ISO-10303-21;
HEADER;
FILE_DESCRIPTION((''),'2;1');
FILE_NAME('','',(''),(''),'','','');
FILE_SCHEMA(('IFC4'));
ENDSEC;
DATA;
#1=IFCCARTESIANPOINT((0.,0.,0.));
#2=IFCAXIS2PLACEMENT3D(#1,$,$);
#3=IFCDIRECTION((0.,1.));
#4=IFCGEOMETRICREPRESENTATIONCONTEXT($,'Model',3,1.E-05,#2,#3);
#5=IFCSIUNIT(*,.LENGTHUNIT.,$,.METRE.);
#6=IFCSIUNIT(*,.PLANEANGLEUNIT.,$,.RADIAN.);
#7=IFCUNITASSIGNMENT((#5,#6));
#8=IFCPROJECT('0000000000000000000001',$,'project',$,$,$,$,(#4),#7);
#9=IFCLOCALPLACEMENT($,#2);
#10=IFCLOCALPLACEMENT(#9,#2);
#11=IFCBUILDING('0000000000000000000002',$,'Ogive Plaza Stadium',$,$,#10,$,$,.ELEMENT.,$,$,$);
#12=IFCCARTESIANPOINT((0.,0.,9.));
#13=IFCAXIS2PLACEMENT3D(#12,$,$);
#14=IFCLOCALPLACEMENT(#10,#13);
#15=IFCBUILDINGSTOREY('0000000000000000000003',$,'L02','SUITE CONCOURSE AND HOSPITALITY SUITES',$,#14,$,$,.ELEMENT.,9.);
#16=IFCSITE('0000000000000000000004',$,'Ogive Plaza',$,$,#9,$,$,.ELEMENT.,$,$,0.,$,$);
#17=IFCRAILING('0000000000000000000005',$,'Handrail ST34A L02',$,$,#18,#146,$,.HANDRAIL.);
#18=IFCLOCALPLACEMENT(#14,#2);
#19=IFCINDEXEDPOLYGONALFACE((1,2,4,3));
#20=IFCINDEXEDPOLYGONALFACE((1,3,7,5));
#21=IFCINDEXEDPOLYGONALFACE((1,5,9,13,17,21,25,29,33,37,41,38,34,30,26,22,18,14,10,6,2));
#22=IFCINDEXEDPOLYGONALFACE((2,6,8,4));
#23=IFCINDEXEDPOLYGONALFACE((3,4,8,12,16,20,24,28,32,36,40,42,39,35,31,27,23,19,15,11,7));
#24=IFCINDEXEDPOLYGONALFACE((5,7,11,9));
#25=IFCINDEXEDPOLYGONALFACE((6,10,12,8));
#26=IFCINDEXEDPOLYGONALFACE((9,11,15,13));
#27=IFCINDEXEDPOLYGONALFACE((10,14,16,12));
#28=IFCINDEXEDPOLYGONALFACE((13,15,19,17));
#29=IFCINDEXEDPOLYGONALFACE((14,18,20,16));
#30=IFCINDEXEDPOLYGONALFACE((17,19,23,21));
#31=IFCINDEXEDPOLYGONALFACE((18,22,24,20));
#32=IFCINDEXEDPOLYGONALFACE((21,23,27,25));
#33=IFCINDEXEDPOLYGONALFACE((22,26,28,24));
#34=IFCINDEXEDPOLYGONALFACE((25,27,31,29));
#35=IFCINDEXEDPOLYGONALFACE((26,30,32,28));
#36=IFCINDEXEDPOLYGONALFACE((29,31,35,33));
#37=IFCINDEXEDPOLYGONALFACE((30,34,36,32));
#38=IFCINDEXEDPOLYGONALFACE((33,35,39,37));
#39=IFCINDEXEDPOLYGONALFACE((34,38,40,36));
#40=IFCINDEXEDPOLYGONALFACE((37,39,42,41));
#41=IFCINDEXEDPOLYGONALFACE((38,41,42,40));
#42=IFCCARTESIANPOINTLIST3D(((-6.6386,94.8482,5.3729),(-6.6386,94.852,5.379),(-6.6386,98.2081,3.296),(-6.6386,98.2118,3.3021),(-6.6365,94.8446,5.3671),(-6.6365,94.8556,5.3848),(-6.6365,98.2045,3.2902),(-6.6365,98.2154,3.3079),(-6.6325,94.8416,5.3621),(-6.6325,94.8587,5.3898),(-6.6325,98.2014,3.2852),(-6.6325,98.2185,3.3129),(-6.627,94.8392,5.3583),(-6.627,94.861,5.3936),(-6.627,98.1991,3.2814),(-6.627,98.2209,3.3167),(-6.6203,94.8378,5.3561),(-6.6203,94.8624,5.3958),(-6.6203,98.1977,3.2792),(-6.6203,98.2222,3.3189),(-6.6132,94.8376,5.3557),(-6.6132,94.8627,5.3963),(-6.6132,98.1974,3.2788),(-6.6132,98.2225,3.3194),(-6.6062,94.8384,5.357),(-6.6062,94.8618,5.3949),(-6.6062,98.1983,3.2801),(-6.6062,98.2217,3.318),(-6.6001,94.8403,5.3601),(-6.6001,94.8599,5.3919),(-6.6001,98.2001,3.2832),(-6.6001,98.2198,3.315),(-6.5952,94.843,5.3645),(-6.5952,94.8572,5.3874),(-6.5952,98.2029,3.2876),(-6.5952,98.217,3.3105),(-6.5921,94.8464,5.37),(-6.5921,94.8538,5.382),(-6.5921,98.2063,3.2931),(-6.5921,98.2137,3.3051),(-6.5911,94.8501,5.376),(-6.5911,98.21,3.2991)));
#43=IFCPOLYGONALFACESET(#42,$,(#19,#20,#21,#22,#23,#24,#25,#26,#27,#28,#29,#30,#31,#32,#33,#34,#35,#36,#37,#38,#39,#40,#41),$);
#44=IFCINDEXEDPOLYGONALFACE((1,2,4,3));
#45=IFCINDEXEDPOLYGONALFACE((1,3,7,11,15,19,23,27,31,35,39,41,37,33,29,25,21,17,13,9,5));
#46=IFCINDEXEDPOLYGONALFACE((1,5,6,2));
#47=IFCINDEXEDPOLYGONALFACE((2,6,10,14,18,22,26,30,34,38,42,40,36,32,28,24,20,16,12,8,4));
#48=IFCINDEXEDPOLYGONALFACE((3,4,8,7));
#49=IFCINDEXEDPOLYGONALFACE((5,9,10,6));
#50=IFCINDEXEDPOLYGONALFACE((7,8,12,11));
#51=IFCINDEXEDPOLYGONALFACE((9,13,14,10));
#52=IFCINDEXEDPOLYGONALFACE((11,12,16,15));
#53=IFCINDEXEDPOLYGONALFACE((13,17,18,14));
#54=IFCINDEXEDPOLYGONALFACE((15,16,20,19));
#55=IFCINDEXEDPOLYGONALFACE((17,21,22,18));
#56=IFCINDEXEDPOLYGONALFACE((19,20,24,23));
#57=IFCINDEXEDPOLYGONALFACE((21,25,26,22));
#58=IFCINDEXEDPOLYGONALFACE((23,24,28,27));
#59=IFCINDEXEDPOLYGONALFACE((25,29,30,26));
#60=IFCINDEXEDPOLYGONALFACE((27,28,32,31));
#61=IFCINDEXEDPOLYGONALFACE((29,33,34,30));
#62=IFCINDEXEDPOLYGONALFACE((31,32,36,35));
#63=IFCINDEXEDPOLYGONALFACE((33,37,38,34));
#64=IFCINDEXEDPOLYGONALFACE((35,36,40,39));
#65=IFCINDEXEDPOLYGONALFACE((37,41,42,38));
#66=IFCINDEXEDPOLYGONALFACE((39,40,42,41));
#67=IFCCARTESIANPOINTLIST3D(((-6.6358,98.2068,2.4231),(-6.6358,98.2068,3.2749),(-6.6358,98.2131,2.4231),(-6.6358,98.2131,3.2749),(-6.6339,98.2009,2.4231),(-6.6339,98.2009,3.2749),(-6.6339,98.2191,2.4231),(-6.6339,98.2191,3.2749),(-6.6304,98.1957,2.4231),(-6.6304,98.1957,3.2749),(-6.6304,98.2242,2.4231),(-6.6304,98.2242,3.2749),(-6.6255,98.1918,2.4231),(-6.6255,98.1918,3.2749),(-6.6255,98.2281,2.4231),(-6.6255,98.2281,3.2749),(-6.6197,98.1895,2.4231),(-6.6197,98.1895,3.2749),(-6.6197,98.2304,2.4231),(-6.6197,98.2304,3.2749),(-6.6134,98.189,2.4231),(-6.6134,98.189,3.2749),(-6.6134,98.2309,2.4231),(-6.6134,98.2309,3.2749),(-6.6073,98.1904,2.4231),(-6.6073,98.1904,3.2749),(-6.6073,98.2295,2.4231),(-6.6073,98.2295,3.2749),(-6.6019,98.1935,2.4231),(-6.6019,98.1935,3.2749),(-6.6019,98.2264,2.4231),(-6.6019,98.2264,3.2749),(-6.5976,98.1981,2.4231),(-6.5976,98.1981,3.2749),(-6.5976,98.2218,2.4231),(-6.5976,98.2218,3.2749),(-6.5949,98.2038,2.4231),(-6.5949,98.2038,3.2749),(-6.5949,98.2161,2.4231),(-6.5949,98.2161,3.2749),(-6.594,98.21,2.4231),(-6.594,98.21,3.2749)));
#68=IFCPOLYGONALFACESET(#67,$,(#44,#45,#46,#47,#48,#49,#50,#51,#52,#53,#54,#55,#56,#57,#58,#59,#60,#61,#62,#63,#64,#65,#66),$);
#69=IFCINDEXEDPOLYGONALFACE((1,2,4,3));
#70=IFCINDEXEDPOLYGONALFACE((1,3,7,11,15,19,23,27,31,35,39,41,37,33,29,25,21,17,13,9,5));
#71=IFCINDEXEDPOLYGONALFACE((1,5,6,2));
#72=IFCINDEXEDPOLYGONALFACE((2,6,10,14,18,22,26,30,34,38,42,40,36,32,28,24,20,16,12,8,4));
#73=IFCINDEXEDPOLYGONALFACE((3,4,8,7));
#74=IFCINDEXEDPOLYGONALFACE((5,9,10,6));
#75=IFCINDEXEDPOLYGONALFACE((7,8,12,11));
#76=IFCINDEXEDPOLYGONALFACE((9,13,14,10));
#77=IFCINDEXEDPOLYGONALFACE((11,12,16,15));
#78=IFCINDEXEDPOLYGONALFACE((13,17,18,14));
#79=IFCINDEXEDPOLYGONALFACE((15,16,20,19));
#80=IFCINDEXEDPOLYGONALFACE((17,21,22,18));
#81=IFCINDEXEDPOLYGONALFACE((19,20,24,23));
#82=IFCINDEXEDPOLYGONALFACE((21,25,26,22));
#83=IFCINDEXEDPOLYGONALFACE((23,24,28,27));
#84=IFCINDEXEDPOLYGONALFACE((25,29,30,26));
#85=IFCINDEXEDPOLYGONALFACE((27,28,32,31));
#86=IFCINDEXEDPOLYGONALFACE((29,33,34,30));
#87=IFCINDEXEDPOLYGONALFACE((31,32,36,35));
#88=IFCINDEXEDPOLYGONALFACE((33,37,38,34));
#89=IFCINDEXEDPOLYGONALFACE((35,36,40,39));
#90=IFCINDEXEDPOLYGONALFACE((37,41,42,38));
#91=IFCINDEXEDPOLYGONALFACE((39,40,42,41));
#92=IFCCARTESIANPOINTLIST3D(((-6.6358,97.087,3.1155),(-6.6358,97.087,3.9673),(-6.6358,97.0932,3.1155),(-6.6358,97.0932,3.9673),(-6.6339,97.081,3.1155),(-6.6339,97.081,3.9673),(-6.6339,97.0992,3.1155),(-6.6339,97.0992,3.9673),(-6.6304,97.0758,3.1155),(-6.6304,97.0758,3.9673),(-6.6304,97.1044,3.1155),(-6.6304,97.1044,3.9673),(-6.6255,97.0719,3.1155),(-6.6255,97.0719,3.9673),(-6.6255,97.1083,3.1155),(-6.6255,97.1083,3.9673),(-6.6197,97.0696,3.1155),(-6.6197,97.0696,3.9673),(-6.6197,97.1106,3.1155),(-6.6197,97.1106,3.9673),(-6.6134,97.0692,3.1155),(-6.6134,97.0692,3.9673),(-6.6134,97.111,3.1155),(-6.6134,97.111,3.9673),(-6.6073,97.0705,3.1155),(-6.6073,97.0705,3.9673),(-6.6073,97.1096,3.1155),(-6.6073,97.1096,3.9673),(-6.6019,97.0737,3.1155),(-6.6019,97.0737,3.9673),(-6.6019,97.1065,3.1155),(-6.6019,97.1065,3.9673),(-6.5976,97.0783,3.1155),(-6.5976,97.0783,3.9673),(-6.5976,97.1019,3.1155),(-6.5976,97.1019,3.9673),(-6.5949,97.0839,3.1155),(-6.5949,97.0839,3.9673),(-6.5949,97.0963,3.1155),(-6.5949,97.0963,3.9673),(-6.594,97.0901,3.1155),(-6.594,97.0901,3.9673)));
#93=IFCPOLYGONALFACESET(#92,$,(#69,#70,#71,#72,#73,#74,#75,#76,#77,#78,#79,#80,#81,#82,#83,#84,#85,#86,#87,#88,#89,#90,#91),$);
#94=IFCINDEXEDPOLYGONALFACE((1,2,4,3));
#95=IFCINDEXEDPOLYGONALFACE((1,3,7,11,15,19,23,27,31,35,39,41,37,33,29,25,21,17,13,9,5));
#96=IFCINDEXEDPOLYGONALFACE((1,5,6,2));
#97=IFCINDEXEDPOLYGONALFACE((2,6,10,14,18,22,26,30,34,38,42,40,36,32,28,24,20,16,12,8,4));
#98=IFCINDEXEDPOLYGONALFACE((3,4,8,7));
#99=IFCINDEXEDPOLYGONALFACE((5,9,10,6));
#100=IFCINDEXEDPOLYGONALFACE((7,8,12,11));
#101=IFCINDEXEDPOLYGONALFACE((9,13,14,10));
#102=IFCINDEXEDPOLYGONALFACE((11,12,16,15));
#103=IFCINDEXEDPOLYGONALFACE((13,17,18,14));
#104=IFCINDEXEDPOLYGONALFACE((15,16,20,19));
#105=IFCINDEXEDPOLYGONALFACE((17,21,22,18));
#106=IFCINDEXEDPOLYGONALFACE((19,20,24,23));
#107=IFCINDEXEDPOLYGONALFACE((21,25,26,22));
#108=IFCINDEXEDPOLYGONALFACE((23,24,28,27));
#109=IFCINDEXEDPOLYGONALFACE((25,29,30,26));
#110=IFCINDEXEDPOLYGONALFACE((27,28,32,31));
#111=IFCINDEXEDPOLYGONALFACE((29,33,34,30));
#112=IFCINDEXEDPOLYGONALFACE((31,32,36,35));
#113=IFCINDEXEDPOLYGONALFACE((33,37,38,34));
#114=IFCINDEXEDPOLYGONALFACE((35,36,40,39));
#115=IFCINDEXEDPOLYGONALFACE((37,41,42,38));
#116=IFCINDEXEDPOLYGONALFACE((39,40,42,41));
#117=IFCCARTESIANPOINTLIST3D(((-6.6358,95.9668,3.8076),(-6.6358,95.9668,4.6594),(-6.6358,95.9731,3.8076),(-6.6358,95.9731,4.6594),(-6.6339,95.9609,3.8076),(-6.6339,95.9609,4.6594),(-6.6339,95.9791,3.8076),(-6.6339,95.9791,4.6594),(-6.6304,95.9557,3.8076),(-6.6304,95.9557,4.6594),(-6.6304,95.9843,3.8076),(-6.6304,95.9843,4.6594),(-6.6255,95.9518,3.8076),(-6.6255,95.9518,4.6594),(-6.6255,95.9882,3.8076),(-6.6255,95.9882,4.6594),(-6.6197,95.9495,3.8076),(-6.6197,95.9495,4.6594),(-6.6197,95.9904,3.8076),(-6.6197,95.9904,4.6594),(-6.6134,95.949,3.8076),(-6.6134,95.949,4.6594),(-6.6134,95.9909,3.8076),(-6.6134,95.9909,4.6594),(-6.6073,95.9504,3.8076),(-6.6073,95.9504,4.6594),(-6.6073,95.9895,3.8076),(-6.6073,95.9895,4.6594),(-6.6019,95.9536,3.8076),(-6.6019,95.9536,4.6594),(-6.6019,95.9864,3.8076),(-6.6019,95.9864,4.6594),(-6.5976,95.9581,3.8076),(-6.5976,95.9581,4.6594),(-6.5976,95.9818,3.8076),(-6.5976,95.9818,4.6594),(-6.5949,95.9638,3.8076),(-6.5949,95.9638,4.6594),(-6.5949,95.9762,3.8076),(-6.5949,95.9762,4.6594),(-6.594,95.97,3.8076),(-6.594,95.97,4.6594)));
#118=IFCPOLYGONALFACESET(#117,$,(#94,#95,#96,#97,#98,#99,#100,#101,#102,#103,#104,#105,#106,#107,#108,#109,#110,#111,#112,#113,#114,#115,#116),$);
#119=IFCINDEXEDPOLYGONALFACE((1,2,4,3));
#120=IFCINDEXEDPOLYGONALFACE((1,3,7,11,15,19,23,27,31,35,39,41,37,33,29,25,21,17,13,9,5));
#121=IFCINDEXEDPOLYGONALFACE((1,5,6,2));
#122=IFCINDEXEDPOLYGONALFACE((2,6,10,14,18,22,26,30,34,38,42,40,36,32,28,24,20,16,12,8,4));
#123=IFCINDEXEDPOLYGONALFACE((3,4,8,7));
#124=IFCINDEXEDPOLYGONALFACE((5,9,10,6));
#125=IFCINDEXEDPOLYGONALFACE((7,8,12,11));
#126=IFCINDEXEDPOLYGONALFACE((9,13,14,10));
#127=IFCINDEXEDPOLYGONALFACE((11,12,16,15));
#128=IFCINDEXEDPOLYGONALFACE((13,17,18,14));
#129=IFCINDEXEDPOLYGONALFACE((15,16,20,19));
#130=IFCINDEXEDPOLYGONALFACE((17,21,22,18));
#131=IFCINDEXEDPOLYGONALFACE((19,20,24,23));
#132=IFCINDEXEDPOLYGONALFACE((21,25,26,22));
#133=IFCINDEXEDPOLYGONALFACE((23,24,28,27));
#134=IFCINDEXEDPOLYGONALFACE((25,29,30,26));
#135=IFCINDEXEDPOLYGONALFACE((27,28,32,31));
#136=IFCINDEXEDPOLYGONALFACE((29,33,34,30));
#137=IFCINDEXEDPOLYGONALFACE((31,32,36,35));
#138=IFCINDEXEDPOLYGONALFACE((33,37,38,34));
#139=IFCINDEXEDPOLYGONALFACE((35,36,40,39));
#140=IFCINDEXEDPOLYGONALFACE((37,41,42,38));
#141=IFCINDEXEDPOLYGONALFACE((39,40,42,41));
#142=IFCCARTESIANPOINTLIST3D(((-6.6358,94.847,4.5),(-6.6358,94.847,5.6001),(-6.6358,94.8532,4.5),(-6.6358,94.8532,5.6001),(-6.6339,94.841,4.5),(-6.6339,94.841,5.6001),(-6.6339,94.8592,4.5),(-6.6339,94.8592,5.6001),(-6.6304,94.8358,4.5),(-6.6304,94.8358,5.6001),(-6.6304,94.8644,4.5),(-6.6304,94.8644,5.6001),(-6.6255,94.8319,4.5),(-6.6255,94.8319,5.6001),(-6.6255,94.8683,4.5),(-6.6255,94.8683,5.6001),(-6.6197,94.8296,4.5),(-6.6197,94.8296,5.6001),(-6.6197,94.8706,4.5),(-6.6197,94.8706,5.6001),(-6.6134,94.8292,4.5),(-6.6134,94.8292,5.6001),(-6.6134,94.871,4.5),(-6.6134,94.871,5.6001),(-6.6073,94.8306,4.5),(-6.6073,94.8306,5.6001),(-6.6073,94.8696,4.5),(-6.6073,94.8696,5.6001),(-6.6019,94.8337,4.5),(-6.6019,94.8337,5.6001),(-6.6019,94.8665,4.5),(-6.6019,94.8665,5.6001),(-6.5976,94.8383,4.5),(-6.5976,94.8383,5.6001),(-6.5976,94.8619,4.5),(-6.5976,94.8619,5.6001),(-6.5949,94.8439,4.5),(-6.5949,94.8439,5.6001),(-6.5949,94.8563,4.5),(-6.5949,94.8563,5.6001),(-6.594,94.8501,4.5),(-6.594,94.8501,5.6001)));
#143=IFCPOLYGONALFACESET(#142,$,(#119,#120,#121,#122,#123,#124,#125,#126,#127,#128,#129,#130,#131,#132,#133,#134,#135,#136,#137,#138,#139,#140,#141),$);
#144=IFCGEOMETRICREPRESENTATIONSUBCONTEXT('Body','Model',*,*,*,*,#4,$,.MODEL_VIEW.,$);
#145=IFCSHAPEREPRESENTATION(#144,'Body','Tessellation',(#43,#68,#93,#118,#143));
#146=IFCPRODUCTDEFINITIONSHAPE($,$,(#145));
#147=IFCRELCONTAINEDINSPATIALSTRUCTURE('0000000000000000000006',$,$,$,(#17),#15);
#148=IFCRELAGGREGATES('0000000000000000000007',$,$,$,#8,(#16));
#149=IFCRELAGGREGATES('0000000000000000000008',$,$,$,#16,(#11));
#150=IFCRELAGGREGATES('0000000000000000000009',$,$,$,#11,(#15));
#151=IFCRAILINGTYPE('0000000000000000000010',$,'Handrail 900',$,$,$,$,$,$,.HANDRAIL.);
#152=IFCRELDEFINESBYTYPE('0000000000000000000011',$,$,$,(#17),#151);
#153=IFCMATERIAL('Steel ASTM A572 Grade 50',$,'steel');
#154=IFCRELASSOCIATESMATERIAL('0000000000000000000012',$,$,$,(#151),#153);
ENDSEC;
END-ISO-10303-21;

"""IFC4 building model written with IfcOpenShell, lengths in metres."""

from ifc_helpers import new_model, si_unit, direction, frame, origin, origin_2d, place, context, subcontext, project, spatial, circle, extrude, material, type_object, element, save


model = new_model("IFC4")

# Units and contexts
model_context = context("Model", 3, precision=1e-05, world=origin(), true_north=direction((0.0, 1.0)))
body_context = subcontext(model_context, "Body", "Model", "MODEL_VIEW")
ifc_project = project(units=[si_unit("LENGTHUNIT", "METRE"), si_unit("PLANEANGLEUNIT", "RADIAN")], contexts=[model_context])

# Site, building, storey
site_placement = place(None, origin())
site = spatial("IfcSite", under=ifc_project, at=site_placement, Name="Ogive Plaza", CompositionType="ELEMENT", RefElevation=0.0)
building_placement = place(site_placement, origin())
building = spatial("IfcBuilding", under=site, at=building_placement, Name="Ogive Plaza Stadium", CompositionType="ELEMENT")
storey_placement = place(building_placement, frame((0.0, 0.0, 9.0)))
storey = spatial("IfcBuildingStorey", under=building, at=storey_placement, Name="L02", Description="SUITE CONCOURSE AND HOSPITALITY SUITES", CompositionType="ELEMENT", Elevation=9.0)

# Railing
ifc_material_1 = material(Name="Steel ASTM A572 Grade 50", Category="steel")
railing_type_1 = type_object("IfcRailingType", Name="Handrail 900", PredefinedType="HANDRAIL", material=ifc_material_1)
for number, where, name in (
    (1, (-6.615, 98.21, 2.4231), "Handrail ST34A L02"),
):
    element("IfcRailing", number, at=place(storey_placement, frame(where)), inside=storey, type_object=railing_type_1, Name=name, PredefinedType="HANDRAIL", context=body_context, shape_type="SweptSolid", body=[
        extrude(circle(Radius=0.0239, at=origin_2d()), frame((0.0, 0.0, 0.876), z_axis=(0.0, -0.850606, 0.525803), x_axis=(1.0, 0.0, 0.0)), (0.0, 0.0, 1.0), 3.95),
        extrude(circle(Radius=0.021, at=origin_2d()), origin(), (0.0, 0.0, 1.0), 0.8518),
        extrude(circle(Radius=0.021, at=origin_2d()), frame((0.0, -1.1199, 0.6924)), (0.0, 0.0, 1.0), 0.8518),
        extrude(circle(Radius=0.021, at=origin_2d()), frame((0.0, -2.24, 1.3845)), (0.0, 0.0, 1.0), 0.8518),
        extrude(circle(Radius=0.021, at=origin_2d()), frame((0.0, -3.3599, 2.0769)), (0.0, 0.0, 1.0), 1.1001),
    ])

save(model, "model.ifc")
